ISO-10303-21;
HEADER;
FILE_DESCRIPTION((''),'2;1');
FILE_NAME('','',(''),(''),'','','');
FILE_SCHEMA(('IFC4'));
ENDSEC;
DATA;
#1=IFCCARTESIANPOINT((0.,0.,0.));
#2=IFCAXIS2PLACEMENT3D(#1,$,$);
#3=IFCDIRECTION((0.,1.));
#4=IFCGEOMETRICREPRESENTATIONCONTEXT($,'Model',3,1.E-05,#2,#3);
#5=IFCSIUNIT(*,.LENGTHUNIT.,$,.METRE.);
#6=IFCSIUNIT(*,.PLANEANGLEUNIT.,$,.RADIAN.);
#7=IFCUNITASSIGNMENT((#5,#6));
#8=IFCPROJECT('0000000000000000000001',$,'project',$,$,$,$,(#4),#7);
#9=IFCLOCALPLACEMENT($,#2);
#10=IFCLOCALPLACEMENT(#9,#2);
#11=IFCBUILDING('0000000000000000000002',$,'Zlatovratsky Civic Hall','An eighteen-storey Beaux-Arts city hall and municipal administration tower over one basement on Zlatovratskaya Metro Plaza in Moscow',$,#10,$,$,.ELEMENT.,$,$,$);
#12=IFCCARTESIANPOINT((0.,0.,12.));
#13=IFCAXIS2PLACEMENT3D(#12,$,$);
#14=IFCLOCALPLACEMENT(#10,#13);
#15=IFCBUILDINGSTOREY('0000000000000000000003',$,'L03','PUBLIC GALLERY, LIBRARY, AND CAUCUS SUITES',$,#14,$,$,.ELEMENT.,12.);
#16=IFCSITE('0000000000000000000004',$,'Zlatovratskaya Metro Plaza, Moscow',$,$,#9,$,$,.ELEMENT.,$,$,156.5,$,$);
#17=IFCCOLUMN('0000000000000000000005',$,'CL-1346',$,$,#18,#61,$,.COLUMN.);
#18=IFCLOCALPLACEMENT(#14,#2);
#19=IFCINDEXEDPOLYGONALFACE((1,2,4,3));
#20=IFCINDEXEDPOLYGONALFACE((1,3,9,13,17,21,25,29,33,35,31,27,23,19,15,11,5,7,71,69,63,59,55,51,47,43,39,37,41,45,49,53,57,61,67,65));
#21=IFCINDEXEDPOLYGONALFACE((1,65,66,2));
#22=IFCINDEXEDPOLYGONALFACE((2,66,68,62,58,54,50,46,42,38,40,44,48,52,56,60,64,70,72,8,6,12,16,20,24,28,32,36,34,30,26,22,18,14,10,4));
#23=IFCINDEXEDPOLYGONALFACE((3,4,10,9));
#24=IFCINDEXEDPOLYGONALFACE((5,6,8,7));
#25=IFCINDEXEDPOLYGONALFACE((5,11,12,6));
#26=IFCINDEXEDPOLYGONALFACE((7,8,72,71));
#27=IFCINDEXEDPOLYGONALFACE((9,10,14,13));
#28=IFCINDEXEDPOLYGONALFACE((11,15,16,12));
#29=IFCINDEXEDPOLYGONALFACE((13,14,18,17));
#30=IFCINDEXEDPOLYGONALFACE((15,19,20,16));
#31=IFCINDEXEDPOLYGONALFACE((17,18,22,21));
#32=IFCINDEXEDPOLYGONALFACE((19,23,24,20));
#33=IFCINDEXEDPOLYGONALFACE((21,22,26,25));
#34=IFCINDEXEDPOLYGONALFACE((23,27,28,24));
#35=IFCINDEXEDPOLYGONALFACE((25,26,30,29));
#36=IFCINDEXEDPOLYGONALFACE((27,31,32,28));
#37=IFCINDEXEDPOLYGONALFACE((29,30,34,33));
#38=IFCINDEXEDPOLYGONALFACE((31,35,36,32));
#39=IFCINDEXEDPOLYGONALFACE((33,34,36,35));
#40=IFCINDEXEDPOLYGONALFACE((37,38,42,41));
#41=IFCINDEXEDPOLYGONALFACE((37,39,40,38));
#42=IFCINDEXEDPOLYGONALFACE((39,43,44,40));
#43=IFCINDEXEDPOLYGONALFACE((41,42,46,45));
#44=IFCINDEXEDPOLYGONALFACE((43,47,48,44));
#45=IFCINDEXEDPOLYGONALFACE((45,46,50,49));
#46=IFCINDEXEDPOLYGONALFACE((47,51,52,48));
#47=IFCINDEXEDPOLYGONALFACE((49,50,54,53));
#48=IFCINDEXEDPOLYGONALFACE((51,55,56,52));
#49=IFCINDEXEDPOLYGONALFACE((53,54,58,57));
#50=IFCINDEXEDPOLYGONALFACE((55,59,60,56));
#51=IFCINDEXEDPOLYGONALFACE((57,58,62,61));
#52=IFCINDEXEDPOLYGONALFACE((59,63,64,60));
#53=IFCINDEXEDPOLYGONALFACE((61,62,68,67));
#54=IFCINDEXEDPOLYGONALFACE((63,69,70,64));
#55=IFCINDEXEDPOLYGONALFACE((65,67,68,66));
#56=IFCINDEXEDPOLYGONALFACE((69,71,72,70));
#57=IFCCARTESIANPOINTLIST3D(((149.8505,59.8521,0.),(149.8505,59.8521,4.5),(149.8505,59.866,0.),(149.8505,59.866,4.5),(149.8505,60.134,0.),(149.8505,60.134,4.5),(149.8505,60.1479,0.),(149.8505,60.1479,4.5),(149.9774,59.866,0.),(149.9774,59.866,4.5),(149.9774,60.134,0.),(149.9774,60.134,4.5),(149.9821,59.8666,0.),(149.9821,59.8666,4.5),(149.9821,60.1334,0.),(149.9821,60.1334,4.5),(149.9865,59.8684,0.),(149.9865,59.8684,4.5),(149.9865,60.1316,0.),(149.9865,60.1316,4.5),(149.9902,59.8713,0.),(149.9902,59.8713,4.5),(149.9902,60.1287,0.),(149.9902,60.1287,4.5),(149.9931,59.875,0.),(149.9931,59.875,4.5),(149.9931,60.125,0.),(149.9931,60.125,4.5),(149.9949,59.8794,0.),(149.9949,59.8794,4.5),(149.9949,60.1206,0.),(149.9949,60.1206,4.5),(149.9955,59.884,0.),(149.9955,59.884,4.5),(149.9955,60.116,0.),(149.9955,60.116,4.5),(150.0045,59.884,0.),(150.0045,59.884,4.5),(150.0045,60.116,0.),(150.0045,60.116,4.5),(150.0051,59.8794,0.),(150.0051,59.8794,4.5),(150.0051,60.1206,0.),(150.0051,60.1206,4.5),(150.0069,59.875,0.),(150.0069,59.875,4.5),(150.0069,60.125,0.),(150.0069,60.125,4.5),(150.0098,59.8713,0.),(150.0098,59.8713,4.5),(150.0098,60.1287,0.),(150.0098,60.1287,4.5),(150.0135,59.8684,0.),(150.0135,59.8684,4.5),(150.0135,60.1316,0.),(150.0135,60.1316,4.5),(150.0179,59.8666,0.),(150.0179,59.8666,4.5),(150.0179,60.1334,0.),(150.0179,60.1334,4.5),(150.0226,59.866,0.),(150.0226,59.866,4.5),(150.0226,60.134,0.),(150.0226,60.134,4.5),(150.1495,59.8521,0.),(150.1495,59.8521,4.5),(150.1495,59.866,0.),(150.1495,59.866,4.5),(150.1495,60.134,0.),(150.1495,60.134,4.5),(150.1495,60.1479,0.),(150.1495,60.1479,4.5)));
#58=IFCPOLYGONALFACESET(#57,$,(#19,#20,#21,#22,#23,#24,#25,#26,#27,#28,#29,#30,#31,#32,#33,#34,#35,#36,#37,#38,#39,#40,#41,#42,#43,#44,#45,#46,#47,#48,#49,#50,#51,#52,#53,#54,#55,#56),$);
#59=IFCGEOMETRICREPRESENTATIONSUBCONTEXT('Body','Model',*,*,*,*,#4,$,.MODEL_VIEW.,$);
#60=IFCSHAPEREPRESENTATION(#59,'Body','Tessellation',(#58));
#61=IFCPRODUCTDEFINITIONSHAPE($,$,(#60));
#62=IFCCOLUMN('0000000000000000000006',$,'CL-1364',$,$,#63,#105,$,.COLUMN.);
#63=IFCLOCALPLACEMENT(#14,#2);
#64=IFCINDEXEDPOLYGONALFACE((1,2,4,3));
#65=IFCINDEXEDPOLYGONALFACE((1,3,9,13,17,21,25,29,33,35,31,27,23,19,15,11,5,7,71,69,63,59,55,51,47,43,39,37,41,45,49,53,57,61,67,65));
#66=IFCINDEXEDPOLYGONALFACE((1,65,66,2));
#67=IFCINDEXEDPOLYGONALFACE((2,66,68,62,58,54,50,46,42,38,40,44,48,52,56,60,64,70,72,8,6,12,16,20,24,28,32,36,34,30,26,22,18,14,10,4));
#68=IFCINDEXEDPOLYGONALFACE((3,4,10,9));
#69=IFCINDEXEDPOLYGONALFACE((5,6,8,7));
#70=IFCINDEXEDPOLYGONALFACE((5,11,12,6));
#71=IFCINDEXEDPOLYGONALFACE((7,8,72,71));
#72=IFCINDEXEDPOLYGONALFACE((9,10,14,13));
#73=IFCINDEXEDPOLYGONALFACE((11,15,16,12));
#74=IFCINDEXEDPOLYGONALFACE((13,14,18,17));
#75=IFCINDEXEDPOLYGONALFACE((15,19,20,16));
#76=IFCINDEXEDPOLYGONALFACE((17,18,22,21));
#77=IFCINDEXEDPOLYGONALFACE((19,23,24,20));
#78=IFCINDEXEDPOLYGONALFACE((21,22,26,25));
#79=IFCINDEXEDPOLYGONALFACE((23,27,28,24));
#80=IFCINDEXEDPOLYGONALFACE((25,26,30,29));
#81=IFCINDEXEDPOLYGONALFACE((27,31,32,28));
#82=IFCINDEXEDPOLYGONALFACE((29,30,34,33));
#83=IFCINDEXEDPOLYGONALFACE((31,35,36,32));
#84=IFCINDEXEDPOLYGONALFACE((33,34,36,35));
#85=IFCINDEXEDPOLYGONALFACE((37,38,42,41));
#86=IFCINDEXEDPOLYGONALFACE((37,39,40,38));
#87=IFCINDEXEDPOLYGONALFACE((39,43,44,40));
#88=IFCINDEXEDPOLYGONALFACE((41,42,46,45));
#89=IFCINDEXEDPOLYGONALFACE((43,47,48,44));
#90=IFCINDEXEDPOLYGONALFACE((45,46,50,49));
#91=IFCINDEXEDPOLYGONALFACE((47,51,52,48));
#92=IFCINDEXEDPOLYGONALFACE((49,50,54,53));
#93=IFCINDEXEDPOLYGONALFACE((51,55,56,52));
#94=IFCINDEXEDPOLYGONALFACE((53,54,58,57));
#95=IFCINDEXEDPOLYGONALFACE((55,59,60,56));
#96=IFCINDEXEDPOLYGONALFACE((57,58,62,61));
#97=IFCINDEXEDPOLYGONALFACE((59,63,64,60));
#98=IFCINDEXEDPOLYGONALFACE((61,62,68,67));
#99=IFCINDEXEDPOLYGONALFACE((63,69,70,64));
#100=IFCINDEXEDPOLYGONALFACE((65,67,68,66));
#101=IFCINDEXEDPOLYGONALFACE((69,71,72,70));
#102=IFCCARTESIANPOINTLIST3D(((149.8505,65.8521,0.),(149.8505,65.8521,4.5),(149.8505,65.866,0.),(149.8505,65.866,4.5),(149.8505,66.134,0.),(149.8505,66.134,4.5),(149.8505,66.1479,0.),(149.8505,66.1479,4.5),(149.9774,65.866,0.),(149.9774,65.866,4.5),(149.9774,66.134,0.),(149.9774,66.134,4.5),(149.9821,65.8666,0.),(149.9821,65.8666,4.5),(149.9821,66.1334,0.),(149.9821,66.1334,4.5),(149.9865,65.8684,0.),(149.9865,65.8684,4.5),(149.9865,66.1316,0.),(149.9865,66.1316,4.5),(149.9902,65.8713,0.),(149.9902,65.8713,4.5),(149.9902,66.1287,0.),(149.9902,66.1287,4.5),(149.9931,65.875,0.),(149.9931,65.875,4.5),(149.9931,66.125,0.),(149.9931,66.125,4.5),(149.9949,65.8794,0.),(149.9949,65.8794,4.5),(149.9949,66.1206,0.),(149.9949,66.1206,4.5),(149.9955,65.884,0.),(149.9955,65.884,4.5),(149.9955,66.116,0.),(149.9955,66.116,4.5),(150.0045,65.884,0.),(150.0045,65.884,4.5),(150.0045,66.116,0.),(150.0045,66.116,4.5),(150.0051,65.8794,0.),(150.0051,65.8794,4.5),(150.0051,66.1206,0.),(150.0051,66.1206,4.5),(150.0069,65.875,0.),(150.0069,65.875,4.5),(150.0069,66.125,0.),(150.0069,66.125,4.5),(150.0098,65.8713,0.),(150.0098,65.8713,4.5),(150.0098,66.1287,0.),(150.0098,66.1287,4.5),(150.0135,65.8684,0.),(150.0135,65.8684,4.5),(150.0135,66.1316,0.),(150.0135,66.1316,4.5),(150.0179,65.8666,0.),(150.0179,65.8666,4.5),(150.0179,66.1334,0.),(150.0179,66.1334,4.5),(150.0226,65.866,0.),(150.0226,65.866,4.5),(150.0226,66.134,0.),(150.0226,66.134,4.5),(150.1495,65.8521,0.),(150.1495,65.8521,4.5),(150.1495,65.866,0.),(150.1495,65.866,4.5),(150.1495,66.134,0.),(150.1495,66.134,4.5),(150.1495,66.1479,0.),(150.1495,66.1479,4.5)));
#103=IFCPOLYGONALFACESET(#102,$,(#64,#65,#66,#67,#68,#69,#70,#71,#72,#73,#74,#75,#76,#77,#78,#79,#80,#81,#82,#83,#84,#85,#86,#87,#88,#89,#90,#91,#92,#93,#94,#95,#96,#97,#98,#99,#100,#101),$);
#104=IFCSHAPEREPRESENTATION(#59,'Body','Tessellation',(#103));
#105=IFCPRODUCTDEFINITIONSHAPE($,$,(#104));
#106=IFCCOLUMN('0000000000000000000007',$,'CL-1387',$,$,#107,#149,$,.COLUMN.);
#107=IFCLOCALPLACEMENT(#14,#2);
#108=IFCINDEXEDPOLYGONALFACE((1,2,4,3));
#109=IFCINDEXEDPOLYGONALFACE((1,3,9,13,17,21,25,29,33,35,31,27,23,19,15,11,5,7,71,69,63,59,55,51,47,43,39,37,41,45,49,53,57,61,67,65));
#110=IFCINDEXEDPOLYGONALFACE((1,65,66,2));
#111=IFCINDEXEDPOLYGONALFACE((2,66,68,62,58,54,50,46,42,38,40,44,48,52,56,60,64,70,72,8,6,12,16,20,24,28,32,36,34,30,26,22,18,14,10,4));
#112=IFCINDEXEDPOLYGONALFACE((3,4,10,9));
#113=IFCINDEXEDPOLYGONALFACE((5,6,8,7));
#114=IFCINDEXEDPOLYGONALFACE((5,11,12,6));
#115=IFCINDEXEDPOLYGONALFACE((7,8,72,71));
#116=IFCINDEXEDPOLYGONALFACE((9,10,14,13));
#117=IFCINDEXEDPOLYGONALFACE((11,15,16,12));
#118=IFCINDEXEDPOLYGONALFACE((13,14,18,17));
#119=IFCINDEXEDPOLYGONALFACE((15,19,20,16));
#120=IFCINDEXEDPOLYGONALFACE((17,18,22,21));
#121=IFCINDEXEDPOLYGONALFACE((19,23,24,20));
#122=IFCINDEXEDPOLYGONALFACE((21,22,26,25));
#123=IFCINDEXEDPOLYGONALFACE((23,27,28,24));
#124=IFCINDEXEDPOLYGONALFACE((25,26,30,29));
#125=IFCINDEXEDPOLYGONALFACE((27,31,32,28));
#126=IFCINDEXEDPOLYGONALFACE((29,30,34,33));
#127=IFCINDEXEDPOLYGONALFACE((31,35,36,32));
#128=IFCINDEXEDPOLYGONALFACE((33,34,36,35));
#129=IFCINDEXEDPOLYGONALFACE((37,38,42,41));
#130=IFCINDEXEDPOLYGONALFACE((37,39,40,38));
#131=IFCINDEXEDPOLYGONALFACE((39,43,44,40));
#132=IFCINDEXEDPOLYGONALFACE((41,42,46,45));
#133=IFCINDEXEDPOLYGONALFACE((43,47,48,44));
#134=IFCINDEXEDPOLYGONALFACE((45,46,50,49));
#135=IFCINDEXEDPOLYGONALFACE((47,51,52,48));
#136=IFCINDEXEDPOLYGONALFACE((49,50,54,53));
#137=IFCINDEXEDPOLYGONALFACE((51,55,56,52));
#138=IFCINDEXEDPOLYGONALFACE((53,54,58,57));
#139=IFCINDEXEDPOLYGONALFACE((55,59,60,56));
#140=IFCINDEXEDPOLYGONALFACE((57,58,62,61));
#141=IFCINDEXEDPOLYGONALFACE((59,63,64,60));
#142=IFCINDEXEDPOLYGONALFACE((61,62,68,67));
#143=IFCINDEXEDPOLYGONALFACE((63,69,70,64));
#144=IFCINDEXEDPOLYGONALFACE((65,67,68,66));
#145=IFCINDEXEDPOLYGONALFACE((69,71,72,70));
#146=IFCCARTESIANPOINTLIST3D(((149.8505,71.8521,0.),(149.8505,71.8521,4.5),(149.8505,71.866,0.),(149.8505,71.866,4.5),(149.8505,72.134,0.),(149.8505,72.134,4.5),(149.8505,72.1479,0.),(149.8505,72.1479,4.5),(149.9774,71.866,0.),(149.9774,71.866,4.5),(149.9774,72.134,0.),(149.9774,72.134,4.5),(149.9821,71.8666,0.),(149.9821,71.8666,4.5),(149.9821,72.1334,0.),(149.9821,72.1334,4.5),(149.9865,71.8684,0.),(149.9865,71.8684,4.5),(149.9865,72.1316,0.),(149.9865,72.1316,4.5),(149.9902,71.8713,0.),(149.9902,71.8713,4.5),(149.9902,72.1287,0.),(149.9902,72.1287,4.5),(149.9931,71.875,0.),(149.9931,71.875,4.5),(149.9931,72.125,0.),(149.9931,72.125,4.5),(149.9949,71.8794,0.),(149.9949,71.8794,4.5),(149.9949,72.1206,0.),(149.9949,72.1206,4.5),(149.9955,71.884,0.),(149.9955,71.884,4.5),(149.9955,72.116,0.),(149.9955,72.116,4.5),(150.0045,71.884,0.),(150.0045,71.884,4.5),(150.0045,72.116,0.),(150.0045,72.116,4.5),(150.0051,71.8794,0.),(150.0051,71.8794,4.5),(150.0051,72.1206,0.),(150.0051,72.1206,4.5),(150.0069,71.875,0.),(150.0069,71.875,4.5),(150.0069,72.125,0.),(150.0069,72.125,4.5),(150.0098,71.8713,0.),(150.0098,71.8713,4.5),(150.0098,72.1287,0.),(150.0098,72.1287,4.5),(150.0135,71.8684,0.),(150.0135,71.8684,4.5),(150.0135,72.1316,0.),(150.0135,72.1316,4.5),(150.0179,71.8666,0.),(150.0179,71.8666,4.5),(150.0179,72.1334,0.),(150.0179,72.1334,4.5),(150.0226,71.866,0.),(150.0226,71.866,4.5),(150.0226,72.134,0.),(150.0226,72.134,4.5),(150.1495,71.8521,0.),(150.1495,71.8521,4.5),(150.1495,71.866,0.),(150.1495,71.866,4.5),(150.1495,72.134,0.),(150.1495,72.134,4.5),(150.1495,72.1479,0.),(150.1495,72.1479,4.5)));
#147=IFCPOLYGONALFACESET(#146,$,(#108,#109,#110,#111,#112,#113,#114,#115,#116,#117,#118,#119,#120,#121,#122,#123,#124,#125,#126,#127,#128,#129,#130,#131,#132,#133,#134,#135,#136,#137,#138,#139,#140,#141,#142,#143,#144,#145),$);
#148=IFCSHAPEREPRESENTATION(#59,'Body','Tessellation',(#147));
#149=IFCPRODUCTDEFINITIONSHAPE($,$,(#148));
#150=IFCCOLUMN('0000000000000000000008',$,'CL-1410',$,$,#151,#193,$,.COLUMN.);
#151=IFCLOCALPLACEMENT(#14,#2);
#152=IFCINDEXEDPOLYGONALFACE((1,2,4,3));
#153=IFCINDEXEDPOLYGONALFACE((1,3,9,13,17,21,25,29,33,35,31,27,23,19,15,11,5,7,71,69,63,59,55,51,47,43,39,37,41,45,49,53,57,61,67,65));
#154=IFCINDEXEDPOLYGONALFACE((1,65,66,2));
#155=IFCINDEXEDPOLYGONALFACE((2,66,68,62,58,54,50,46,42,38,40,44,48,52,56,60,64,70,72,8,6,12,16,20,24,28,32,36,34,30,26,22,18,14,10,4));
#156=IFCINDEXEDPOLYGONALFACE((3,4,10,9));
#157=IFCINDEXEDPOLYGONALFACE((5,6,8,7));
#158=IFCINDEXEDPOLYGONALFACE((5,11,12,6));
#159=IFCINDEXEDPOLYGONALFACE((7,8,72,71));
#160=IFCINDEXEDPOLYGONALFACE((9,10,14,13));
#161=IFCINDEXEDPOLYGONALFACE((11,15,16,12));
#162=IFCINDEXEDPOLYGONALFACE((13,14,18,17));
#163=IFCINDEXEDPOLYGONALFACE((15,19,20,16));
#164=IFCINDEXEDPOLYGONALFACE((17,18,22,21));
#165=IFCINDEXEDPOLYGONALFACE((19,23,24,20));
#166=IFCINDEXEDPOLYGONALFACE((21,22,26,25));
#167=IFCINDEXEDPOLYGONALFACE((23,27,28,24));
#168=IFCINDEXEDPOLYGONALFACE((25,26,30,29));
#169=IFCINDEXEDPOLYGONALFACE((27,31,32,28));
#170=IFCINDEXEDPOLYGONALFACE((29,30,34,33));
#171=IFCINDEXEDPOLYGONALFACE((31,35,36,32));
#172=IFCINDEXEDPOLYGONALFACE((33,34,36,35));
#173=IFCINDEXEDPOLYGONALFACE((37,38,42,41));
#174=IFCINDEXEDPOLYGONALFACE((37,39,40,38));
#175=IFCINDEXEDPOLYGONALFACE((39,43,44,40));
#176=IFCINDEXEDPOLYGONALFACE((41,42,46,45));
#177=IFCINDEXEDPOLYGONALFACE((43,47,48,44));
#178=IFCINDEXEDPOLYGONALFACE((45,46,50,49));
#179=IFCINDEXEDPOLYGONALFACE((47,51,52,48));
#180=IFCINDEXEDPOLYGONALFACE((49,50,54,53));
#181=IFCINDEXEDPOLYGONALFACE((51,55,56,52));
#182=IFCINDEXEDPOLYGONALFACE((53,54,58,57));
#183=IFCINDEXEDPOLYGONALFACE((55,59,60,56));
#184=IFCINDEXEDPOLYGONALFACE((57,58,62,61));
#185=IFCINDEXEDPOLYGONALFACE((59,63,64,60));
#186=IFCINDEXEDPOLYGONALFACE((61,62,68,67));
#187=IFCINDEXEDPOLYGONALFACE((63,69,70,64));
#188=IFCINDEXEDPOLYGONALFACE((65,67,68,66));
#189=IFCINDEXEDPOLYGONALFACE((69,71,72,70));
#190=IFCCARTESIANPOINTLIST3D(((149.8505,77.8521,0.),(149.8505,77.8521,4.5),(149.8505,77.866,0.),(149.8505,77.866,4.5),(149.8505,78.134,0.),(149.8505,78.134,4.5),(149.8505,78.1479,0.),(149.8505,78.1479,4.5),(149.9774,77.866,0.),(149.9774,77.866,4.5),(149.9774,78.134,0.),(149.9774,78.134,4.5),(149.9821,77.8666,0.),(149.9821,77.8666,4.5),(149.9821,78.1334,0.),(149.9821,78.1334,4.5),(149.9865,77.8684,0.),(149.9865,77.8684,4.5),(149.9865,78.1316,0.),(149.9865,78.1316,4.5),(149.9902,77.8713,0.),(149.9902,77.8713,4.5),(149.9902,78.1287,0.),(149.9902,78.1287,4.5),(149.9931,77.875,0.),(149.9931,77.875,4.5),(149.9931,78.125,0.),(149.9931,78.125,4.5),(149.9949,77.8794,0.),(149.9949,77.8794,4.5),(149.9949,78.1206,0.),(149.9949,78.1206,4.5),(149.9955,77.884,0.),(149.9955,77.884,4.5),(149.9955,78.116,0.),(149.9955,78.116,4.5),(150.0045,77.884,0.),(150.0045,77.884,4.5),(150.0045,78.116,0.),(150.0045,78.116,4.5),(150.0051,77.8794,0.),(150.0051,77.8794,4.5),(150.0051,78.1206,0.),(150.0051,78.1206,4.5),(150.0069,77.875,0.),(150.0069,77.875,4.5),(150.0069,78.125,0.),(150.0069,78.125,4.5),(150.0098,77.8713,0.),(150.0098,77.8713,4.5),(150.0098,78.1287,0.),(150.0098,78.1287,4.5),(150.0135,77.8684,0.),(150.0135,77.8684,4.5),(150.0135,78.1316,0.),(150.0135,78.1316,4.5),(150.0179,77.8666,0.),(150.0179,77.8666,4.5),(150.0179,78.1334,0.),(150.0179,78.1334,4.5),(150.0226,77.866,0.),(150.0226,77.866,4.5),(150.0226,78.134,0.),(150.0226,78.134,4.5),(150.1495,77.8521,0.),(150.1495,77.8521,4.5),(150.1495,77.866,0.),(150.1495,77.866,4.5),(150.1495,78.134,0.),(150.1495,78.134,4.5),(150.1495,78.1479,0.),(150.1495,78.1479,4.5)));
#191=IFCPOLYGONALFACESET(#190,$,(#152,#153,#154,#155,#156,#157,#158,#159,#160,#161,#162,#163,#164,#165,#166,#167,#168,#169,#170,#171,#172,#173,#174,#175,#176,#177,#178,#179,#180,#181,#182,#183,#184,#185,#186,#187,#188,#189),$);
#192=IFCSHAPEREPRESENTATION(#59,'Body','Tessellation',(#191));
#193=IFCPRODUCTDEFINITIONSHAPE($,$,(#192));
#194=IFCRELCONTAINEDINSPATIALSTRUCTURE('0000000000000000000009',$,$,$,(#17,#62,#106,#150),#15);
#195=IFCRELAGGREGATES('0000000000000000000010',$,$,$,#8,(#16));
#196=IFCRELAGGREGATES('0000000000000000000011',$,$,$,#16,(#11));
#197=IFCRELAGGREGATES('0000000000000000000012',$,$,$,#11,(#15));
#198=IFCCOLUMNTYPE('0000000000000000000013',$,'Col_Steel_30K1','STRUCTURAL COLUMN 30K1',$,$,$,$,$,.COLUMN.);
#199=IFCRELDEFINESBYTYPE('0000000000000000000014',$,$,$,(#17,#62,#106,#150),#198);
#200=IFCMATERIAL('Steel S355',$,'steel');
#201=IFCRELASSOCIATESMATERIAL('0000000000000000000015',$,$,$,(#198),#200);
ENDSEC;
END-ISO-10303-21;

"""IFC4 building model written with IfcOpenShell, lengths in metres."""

from ifc_helpers import new_model, si_unit, direction, frame, origin, origin_2d, place, context, subcontext, project, spatial, i_section, extrude, material, material_profile, profile_set, type_object, element, save


model = new_model("IFC4")

# Units and contexts
model_context = context("Model", 3, precision=1e-05, world=origin(), true_north=direction((0.0, 1.0)))
body_context = subcontext(model_context, "Body", "Model", "MODEL_VIEW")
ifc_project = project(units=[si_unit("LENGTHUNIT", "METRE"), si_unit("PLANEANGLEUNIT", "RADIAN")], contexts=[model_context])

# Site, building, storey
site_placement = place(None, origin())
site = spatial("IfcSite", under=ifc_project, at=site_placement, Name="Zlatovratskaya Metro Plaza, Moscow", CompositionType="ELEMENT", RefElevation=156.5)
building_placement = place(site_placement, origin())
building = spatial("IfcBuilding", under=site, at=building_placement, Name="Zlatovratsky Civic Hall", Description="An eighteen-storey Beaux-Arts city hall and municipal administration tower over one basement on Zlatovratskaya Metro Plaza in Moscow", CompositionType="ELEMENT")
storey_placement = place(building_placement, frame((0.0, 0.0, 12.0)))
storey = spatial("IfcBuildingStorey", under=building, at=storey_placement, Name="L03", Description="PUBLIC GALLERY, LIBRARY, AND CAUCUS SUITES", CompositionType="ELEMENT", Elevation=12.0)

# Columns
ifc_material_1 = material(Name="Steel S355", Category="steel")
ifc_material_profile_1 = material_profile(ifc_material_1, i_section(OverallWidth=0.2991, OverallDepth=0.2959, WebThickness=0.009, FlangeThickness=0.0139, FilletRadius=0.0181, at=origin_2d()), Name="30K1")
ifc_profile_set_1 = profile_set([ifc_material_profile_1], Name="Steel S355")
column_type = type_object("IfcColumnType", Name="Col_Steel_30K1", Description="STRUCTURAL COLUMN 30K1", PredefinedType="COLUMN", material=ifc_profile_set_1)
for number, where, z_axis, x_axis, name in (
    (1, (150.0, 60.0, 0.0), (0.0, 0.0, 1.0), (1.0, 0.0, 0.0), "CL-1346"),
    (2, (150.0, 66.0, 0.0), (0.0, 0.0, 1.0), (1.0, 0.0, 0.0), "CL-1364"),
    (3, (150.0, 72.0, 0.0), (0.0, 0.0, 1.0), (1.0, 0.0, 0.0), "CL-1387"),
    (4, (150.0, 78.0, 0.0), (0.0, 0.0, 1.0), (1.0, 0.0, 0.0), "CL-1410"),
):
    element("IfcColumn", number, at=place(storey_placement, frame(where, z_axis=z_axis, x_axis=x_axis)), inside=storey, type_object=column_type, Name=name, PredefinedType="COLUMN", context=body_context, shape_type="SweptSolid", body=[
        extrude(i_section(OverallWidth=0.2991, OverallDepth=0.2959, WebThickness=0.009, FlangeThickness=0.0139, FilletRadius=0.0181, at=origin_2d()), origin(), (0.0, 0.0, 1.0), 4.5),
    ])

save(model, "model.ifc")
